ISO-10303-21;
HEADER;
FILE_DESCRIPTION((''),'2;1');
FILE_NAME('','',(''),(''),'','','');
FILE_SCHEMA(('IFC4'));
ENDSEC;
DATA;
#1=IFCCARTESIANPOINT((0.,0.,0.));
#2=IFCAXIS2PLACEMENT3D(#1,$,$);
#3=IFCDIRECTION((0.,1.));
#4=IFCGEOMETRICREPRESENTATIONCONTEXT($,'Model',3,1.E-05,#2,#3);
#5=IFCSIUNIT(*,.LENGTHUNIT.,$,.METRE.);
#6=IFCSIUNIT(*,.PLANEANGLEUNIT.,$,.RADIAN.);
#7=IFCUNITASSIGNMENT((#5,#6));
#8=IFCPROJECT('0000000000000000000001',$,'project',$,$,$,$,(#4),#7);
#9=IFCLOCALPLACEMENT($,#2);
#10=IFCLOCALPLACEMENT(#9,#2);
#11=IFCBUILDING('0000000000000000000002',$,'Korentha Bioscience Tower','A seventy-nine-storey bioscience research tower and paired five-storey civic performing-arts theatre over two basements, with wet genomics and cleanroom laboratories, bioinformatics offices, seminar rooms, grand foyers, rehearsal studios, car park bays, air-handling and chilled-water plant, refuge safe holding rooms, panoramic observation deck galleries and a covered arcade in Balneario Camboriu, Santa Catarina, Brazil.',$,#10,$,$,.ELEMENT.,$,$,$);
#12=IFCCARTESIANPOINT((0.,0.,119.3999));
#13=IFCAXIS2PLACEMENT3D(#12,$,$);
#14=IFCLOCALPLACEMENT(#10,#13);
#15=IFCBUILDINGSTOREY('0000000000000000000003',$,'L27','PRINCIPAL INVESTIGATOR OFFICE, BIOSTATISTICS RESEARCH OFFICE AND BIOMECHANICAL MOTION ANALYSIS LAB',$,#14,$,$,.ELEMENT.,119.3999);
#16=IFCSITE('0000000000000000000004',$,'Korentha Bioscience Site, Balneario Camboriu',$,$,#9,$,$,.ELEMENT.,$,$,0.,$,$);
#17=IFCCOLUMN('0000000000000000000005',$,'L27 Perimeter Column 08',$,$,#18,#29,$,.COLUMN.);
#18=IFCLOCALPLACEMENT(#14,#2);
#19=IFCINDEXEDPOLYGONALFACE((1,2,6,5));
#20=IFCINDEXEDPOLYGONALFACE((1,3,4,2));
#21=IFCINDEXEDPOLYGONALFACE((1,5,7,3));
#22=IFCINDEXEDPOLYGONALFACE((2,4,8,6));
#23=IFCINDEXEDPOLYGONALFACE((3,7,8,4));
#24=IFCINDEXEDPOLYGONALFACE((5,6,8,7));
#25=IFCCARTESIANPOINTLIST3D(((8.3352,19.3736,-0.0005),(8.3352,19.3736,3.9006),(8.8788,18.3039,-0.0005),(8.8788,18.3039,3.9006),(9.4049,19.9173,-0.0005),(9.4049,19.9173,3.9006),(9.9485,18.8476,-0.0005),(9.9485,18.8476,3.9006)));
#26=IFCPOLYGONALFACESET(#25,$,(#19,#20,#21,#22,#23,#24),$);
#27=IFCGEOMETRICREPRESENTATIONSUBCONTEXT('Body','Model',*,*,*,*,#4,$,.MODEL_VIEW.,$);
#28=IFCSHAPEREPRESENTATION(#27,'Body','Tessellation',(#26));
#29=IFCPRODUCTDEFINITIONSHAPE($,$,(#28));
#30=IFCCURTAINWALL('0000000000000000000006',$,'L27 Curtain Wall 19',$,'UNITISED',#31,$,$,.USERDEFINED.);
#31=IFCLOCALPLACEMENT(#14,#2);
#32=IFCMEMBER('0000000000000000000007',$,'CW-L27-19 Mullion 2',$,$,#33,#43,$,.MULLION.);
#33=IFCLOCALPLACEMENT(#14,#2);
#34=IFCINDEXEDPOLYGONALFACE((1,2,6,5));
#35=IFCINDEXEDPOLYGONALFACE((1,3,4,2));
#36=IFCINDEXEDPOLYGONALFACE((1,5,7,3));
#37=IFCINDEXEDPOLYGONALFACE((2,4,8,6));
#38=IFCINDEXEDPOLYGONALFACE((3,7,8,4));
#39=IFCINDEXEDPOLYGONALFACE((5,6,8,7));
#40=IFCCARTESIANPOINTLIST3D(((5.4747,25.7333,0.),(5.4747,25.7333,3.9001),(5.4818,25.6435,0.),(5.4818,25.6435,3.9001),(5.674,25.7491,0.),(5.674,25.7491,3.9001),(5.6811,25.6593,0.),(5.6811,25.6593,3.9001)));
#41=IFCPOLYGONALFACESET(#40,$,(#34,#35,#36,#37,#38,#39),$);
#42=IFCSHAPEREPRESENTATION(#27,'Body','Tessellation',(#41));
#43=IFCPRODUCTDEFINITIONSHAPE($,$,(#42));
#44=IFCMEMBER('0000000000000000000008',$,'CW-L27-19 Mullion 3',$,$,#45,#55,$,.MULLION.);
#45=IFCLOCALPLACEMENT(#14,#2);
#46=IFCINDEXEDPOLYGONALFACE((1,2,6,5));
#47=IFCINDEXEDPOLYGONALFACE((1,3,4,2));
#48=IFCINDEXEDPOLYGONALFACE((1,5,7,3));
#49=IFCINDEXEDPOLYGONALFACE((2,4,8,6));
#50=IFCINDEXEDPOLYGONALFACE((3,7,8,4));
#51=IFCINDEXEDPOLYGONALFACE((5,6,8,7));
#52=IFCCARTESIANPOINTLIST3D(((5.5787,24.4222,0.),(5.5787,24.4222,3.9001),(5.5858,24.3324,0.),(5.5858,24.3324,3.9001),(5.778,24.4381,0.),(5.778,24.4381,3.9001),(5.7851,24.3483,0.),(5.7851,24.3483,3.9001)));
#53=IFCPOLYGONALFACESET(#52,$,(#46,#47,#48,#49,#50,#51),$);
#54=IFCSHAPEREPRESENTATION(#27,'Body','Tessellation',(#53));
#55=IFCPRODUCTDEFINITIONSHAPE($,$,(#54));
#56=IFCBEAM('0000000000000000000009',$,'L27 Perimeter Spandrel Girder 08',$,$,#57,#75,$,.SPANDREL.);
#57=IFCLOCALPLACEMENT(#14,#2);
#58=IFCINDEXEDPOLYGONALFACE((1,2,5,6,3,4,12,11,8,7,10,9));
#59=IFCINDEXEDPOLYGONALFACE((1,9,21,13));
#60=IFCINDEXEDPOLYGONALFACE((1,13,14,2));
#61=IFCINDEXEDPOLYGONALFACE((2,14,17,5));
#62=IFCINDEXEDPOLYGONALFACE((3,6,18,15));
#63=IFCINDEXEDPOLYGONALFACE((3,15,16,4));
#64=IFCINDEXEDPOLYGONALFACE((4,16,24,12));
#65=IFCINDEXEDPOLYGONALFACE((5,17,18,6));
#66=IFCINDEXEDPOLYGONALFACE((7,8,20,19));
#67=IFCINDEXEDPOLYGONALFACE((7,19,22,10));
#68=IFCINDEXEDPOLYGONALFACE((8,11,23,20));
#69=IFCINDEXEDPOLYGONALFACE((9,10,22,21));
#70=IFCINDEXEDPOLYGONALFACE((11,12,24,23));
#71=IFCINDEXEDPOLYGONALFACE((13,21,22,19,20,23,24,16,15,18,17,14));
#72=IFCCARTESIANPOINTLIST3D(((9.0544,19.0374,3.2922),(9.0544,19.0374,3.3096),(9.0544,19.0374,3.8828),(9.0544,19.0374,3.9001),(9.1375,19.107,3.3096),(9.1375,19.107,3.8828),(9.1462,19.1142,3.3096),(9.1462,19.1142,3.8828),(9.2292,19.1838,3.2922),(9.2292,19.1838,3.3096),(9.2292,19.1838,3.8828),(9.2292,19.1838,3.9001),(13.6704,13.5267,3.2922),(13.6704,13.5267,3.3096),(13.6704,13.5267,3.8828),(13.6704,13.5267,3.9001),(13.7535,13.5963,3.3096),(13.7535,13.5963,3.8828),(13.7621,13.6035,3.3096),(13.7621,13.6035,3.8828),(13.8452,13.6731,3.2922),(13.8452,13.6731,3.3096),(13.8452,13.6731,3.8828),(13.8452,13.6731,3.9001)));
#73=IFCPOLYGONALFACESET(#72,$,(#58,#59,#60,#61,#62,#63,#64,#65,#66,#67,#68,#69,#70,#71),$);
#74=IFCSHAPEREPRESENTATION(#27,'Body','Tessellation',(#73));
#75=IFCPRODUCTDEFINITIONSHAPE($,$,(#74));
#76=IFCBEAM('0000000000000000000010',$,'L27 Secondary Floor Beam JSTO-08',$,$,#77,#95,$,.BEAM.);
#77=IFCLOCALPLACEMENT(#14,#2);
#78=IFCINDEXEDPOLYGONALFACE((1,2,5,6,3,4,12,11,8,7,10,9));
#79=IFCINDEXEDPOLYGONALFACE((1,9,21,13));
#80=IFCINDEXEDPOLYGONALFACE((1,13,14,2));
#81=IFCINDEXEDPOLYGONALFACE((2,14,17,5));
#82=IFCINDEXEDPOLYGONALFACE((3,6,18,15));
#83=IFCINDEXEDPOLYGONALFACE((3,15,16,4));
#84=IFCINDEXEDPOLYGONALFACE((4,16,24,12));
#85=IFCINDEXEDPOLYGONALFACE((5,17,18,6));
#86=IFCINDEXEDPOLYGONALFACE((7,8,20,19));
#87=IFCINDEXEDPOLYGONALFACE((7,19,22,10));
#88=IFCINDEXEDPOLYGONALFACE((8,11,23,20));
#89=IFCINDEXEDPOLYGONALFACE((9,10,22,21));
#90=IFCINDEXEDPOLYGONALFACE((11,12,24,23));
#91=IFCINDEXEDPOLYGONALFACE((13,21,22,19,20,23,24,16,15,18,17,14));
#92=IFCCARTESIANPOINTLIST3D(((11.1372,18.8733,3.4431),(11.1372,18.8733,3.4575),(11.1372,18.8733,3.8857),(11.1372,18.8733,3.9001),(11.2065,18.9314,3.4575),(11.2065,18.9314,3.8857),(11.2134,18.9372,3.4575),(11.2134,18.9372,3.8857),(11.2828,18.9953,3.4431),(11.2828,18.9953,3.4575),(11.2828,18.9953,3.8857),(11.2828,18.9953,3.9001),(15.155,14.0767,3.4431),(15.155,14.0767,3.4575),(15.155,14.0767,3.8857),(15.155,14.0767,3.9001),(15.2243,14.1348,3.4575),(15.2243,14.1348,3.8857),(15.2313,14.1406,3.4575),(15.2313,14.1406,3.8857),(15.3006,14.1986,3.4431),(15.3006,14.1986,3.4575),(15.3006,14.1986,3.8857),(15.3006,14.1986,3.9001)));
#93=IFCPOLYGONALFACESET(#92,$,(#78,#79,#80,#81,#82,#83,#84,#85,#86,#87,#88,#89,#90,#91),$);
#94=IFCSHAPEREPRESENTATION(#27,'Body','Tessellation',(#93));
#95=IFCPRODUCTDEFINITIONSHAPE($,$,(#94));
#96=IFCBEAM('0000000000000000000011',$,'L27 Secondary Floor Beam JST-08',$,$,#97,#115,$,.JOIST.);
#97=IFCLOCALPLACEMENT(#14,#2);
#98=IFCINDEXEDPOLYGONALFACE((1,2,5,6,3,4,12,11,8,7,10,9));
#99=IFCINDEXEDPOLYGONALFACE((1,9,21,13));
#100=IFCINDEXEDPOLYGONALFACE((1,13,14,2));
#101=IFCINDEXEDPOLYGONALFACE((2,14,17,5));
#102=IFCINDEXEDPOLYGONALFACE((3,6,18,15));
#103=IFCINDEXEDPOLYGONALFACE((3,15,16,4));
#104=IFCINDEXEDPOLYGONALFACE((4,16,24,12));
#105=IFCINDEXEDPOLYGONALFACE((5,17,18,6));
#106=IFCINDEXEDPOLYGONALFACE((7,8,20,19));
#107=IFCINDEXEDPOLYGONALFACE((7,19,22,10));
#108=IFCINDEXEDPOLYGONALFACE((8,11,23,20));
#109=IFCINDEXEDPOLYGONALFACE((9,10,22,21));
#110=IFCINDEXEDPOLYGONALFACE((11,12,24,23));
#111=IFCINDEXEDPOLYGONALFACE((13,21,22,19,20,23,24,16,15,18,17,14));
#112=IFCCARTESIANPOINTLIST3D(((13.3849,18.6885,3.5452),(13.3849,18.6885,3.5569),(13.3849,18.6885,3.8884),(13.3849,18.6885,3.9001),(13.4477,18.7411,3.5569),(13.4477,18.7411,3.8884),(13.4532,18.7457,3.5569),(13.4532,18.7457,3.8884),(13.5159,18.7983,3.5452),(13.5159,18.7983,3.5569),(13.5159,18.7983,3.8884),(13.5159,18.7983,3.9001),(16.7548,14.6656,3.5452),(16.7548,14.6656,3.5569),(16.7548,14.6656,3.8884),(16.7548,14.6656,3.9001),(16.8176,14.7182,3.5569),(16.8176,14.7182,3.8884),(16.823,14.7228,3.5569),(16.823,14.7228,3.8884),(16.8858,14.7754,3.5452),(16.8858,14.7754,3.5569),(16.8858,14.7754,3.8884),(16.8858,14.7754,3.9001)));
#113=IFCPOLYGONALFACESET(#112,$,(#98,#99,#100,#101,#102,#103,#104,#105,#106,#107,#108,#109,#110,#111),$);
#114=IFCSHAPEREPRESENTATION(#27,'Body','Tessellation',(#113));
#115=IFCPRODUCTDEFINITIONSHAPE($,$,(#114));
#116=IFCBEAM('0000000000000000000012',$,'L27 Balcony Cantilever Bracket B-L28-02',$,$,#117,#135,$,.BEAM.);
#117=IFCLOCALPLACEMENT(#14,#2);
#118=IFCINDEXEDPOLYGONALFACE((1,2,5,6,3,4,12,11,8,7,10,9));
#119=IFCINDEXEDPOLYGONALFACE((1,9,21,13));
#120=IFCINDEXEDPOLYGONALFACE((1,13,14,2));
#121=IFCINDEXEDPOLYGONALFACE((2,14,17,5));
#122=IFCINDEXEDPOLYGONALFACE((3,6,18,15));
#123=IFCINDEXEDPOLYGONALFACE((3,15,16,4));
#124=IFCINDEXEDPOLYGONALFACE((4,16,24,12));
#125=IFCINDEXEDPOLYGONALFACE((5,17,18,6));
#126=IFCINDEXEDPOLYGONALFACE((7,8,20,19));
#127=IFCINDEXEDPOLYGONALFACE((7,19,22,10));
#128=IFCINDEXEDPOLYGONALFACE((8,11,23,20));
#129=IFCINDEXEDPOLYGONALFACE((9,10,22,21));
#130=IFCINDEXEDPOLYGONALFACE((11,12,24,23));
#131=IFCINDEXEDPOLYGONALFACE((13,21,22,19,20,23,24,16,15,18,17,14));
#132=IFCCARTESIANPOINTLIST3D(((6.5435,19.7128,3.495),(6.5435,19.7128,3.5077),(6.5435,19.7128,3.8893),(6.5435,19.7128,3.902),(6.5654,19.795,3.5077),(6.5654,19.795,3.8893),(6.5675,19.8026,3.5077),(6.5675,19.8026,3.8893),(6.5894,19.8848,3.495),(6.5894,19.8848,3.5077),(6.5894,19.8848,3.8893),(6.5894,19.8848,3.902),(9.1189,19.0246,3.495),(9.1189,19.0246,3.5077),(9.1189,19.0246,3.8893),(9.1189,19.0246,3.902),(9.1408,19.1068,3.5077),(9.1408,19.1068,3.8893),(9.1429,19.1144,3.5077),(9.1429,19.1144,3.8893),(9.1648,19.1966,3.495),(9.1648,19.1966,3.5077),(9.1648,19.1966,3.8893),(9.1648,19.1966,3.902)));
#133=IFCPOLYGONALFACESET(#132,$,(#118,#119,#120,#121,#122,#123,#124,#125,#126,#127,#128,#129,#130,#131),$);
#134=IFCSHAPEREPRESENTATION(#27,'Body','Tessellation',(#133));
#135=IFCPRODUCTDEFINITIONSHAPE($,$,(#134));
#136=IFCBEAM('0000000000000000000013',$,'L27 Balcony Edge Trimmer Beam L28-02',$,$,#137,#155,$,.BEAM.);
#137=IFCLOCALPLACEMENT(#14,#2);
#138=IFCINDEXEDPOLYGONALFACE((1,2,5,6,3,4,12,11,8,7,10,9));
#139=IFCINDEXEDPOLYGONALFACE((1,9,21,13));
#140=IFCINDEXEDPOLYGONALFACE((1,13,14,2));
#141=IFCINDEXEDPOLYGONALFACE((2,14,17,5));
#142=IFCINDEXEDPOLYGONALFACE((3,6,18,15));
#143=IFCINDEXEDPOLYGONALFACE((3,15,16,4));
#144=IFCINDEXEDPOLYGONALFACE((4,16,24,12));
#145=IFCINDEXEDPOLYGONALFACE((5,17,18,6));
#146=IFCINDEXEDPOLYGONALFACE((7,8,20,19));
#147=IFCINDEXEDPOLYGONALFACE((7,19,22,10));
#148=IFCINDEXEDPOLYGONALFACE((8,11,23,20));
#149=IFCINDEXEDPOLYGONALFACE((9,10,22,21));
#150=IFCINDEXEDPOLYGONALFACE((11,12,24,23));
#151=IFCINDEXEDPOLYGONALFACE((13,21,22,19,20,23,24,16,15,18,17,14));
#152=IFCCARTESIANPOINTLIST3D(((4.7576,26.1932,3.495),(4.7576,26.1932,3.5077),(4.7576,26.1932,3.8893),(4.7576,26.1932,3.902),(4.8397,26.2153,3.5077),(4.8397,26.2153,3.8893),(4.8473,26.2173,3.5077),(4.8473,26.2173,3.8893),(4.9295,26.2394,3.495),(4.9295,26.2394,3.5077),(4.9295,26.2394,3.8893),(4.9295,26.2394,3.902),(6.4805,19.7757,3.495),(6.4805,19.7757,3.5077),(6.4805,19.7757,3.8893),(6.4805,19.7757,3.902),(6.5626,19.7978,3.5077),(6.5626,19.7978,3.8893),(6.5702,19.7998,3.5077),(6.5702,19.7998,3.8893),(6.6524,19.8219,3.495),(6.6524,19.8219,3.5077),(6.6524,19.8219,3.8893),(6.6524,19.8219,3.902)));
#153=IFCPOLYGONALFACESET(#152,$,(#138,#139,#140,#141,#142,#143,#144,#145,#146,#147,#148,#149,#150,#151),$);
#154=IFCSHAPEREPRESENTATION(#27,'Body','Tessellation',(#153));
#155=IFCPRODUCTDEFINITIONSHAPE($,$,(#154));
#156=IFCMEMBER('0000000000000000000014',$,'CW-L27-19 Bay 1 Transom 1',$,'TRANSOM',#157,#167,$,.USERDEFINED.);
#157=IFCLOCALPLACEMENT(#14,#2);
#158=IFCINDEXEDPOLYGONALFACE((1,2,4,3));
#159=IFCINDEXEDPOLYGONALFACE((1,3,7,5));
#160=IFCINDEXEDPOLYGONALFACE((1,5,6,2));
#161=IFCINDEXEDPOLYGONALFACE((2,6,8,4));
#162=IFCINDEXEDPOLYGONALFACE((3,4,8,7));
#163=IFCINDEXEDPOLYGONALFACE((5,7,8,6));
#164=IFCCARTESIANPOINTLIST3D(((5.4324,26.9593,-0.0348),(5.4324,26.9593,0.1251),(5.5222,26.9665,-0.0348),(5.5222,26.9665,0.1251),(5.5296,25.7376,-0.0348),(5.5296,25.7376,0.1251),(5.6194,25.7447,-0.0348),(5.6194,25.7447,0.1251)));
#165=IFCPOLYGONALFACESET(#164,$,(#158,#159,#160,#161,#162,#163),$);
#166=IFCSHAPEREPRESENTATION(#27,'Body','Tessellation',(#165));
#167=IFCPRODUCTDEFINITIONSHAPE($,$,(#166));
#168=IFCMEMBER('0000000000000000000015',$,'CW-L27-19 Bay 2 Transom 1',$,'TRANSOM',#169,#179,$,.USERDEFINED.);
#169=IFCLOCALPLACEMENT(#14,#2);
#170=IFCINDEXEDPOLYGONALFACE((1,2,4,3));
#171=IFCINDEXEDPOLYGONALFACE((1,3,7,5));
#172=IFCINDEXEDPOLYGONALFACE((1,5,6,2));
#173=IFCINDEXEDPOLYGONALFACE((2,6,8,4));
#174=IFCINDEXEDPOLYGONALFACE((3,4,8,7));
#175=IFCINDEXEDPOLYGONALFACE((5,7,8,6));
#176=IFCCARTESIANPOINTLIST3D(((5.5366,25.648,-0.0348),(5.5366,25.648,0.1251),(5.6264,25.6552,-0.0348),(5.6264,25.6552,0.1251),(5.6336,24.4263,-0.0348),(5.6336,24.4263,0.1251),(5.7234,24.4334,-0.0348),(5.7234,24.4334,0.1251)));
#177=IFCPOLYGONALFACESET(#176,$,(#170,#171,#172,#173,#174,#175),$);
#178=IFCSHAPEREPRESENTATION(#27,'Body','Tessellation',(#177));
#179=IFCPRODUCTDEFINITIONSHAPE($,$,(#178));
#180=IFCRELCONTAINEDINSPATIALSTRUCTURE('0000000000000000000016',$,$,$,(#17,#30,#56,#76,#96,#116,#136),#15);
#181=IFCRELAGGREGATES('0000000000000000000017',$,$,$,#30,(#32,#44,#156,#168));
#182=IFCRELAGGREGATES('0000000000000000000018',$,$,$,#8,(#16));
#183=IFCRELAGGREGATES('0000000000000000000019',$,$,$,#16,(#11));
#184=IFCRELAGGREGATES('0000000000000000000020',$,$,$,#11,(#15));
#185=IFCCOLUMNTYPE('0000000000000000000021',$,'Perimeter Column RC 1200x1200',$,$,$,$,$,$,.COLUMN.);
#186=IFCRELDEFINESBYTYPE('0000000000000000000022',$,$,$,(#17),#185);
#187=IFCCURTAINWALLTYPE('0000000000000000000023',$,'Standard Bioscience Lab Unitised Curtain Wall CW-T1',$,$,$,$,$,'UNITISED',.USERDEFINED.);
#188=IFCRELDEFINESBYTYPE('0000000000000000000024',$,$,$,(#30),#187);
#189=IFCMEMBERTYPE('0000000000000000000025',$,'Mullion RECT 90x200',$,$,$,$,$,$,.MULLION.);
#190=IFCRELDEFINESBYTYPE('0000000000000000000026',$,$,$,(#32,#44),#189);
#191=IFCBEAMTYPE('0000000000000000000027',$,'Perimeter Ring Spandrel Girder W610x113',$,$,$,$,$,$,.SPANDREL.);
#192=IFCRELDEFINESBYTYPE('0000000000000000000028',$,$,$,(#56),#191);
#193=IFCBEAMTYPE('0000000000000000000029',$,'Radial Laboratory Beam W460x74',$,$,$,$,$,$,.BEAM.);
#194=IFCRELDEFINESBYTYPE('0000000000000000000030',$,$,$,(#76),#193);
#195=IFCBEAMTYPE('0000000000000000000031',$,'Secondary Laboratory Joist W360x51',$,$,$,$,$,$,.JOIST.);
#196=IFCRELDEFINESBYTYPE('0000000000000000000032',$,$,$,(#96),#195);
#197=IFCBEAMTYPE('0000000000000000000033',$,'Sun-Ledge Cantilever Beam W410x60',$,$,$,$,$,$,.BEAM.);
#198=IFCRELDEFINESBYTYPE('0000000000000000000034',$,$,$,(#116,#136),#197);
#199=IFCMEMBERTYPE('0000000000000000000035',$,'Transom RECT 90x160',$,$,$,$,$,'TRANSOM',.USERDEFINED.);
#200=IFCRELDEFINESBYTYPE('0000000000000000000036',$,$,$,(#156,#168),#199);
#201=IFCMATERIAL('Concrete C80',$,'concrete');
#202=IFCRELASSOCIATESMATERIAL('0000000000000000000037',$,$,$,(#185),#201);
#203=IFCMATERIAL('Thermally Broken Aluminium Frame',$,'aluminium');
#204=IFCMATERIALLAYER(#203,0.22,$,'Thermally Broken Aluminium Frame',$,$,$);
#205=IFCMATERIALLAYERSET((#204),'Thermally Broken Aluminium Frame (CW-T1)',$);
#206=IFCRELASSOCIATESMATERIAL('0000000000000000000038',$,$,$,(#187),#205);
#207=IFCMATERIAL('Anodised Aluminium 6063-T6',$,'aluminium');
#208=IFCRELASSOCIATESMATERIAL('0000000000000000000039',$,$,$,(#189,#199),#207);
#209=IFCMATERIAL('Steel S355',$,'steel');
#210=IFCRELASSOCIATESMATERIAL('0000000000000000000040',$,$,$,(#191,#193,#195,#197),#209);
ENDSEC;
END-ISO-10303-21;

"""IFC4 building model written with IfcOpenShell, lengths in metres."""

from ifc_helpers import new_model, si_unit, direction, frame, origin, origin_2d, place, context, subcontext, project, spatial, rectangle, i_section, extrude, material, layer, layer_set, material_profile, profile_set, type_object, element, aggregate, save


model = new_model("IFC4")

# Units and contexts
model_context = context("Model", 3, precision=1e-05, world=origin(), true_north=direction((0.0, 1.0)))
body_context = subcontext(model_context, "Body", "Model", "MODEL_VIEW")
ifc_project = project(units=[si_unit("LENGTHUNIT", "METRE"), si_unit("PLANEANGLEUNIT", "RADIAN")], contexts=[model_context])

# Site, building, storey
site_placement = place(None, origin())
site = spatial("IfcSite", under=ifc_project, at=site_placement, Name="Korentha Bioscience Site, Balneario Camboriu", CompositionType="ELEMENT", RefElevation=0.0)
building_placement = place(site_placement, origin())
building = spatial("IfcBuilding", under=site, at=building_placement, Name="Korentha Bioscience Tower", Description="A seventy-nine-storey bioscience research tower and paired five-storey civic performing-arts theatre over two basements, with wet genomics and cleanroom laboratories, bioinformatics offices, seminar rooms, grand foyers, rehearsal studios, car park bays, air-handling and chilled-water plant, refuge safe holding rooms, panoramic observation deck galleries and a covered arcade in Balneario Camboriu, Santa Catarina, Brazil.", CompositionType="ELEMENT")
storey_placement = place(building_placement, frame((0.0, 0.0, 119.3999)))
storey = spatial("IfcBuildingStorey", under=building, at=storey_placement, Name="L27", Description="PRINCIPAL INVESTIGATOR OFFICE, BIOSTATISTICS RESEARCH OFFICE AND BIOMECHANICAL MOTION ANALYSIS LAB", CompositionType="ELEMENT", Elevation=119.3999)

# Column
ifc_material_1 = material(Name="Concrete C80", Category="concrete")
ifc_material_profile_1 = material_profile(ifc_material_1, rectangle(XDim=1.2, YDim=1.2, at=origin_2d()), Name="Concrete C80")
ifc_profile_set_1 = profile_set([ifc_material_profile_1], Name="Concrete C80 (COL-P12)")
column_type = type_object("IfcColumnType", Name="Perimeter Column RC 1200x1200", PredefinedType="COLUMN", material=ifc_profile_set_1)
column_placement = place(storey_placement, frame((9.1418, 19.1106, -0.0005), z_axis=(0.0, 0.0, 1.0), x_axis=(-0.453057, 0.891481, 0.0)))
element("IfcColumn", 1, at=column_placement, inside=storey, type_object=column_type, Name="L27 Perimeter Column 08", PredefinedType="COLUMN", context=body_context, shape_type="SweptSolid", body=[
    extrude(rectangle(XDim=1.2, YDim=1.2, at=origin_2d()), origin(), (0.0, 0.0, 1.0), 3.9011),
])

# Curtain wall, members
ifc_material_2 = material(Name="Thermally Broken Aluminium Frame", Category="aluminium")
ifc_layer_1 = layer(ifc_material_2, 0.22, Name="Thermally Broken Aluminium Frame")
ifc_layer_set_1 = layer_set([ifc_layer_1], Name="Thermally Broken Aluminium Frame (CW-T1)")
curtain_wall_type = type_object("IfcCurtainWallType", Name="Standard Bioscience Lab Unitised Curtain Wall CW-T1", ElementType="UNITISED", PredefinedType="USERDEFINED", material=ifc_layer_set_1)
curtain_wall_placement = place(storey_placement, origin())
curtain_wall = element("IfcCurtainWall", 2, at=curtain_wall_placement, inside=storey, type_object=curtain_wall_type, Name="L27 Curtain Wall 19", ObjectType="UNITISED", PredefinedType="USERDEFINED")
ifc_material_3 = material(Name="Anodised Aluminium 6063-T6", Category="aluminium")
ifc_material_profile_2 = material_profile(ifc_material_3, rectangle(XDim=0.0901, YDim=0.2, at=origin_2d()), Name="Anodised Aluminium 6063-T6")
ifc_profile_set_2 = profile_set([ifc_material_profile_2], Name="Anodised Aluminium 6063-T6 (CW-MUL)")
member_type_1 = type_object("IfcMemberType", Name="Mullion RECT 90x200", PredefinedType="MULLION", material=ifc_profile_set_2)
member_1_placement = place(storey_placement, frame((5.5779, 25.6963, 0.0), z_axis=(0.0, 0.0, 1.0), x_axis=(0.07913, -0.996864, 0.0)))
member_1 = element("IfcMember", 3, at=member_1_placement, type_object=member_type_1, Name="CW-L27-19 Mullion 2", PredefinedType="MULLION", context=body_context, shape_type="SweptSolid", body=[
    extrude(rectangle(XDim=0.0901, YDim=0.2, at=origin_2d()), origin(), (0.0, 0.0, 1.0), 3.9001),
])
member_2_placement = place(storey_placement, frame((5.6819, 24.3853, 0.0), z_axis=(0.0, 0.0, 1.0), x_axis=(0.07913, -0.996864, 0.0)))
member_2 = element("IfcMember", 4, at=member_2_placement, type_object=member_type_1, Name="CW-L27-19 Mullion 3", PredefinedType="MULLION", context=body_context, shape_type="SweptSolid", body=[
    extrude(rectangle(XDim=0.0901, YDim=0.2, at=origin_2d()), origin(), (0.0, 0.0, 1.0), 3.9001),
])

# Beams
ifc_material_4 = material(Name="Steel S355", Category="steel")
ifc_material_profile_3 = material_profile(ifc_material_4, i_section(OverallWidth=0.228, OverallDepth=0.6079, WebThickness=0.0112, FlangeThickness=0.0173, at=origin_2d()), Name="Steel S355")
ifc_profile_set_3 = profile_set([ifc_material_profile_3], Name="Steel S355 (SB-610)")
beam_type_1 = type_object("IfcBeamType", Name="Perimeter Ring Spandrel Girder W610x113", PredefinedType="SPANDREL", material=ifc_profile_set_3)
beam_1_placement = place(storey_placement, frame((9.1418, 19.1106, 3.5962), z_axis=(0.642127, -0.766599, 0.0), x_axis=(0.766599, 0.642127, 0.0)))
element("IfcBeam", 5, at=beam_1_placement, inside=storey, type_object=beam_type_1, Name="L27 Perimeter Spandrel Girder 08", PredefinedType="SPANDREL", context=body_context, shape_type="SweptSolid", body=[
    extrude(i_section(OverallWidth=0.228, OverallDepth=0.6079, WebThickness=0.0112, FlangeThickness=0.0173, at=origin_2d()), origin(), (0.0, 0.0, 1.0), 7.1885),
])
ifc_material_profile_4 = material_profile(ifc_material_4, i_section(OverallWidth=0.1899, OverallDepth=0.457, WebThickness=0.009, FlangeThickness=0.0144, at=origin_2d()), Name="Steel S355")
ifc_profile_set_4 = profile_set([ifc_material_profile_4], Name="Steel S355 (RB-460)")
beam_type_2 = type_object("IfcBeamType", Name="Radial Laboratory Beam W460x74", PredefinedType="BEAM", material=ifc_profile_set_4)
beam_2_placement = place(storey_placement, frame((11.21, 18.9343, 3.6716), z_axis=(0.642128, -0.766597, 0.0), x_axis=(0.766597, 0.642128, 0.0)))
element("IfcBeam", 6, at=beam_2_placement, inside=storey, type_object=beam_type_2, Name="L27 Secondary Floor Beam JSTO-08", PredefinedType="BEAM", context=body_context, shape_type="SweptSolid", body=[
    extrude(i_section(OverallWidth=0.1899, OverallDepth=0.457, WebThickness=0.009, FlangeThickness=0.0144, at=origin_2d()), origin(), (0.0, 0.0, 1.0), 6.2571),
])
ifc_material_profile_5 = material_profile(ifc_material_4, i_section(OverallWidth=0.1709, OverallDepth=0.355, WebThickness=0.0071, FlangeThickness=0.0117, at=origin_2d()), Name="Steel S355")
ifc_profile_set_5 = profile_set([ifc_material_profile_5], Name="Steel S355 (JB-360)")
beam_type_3 = type_object("IfcBeamType", Name="Secondary Laboratory Joist W360x51", PredefinedType="JOIST", material=ifc_profile_set_5)
beam_3_placement = place(storey_placement, frame((13.4504, 18.7434, 3.7227), z_axis=(0.642141, -0.766587, 0.0), x_axis=(0.766587, 0.642141, 0.0)))
element("IfcBeam", 7, at=beam_3_placement, inside=storey, type_object=beam_type_3, Name="L27 Secondary Floor Beam JST-08", PredefinedType="JOIST", context=body_context, shape_type="SweptSolid", body=[
    extrude(i_section(OverallWidth=0.1709, OverallDepth=0.355, WebThickness=0.0071, FlangeThickness=0.0117, at=origin_2d()), origin(), (0.0, 0.0, 1.0), 5.2478),
])
ifc_material_profile_6 = material_profile(ifc_material_4, i_section(OverallWidth=0.178, OverallDepth=0.407, WebThickness=0.0078, FlangeThickness=0.0127, at=origin_2d()), Name="Steel S355")
ifc_profile_set_6 = profile_set([ifc_material_profile_6], Name="Steel S355 (CB-410)")
beam_type_4 = type_object("IfcBeamType", Name="Sun-Ledge Cantilever Beam W410x60", PredefinedType="BEAM", material=ifc_profile_set_6)
beam_4_placement = place(storey_placement, frame((9.1418, 19.1106, 3.6985), z_axis=(-0.9661, 0.25817, 0.0), x_axis=(-0.25817, -0.9661, 0.0)))
element("IfcBeam", 8, at=beam_4_placement, inside=storey, type_object=beam_type_4, Name="L27 Balcony Cantilever Bracket B-L28-02", PredefinedType="BEAM", context=body_context, shape_type="SweptSolid", body=[
    extrude(i_section(OverallWidth=0.178, OverallDepth=0.407, WebThickness=0.0078, FlangeThickness=0.0127, at=origin_2d()), origin(), (0.0, 0.0, 1.0), 2.6658),
])
beam_5_placement = place(storey_placement, frame((4.8435, 26.2163, 3.6985), z_axis=(0.259288, -0.9658, 0.0), x_axis=(0.9658, 0.259288, 0.0)))
element("IfcBeam", 9, at=beam_5_placement, inside=storey, type_object=beam_type_4, Name="L27 Balcony Edge Trimmer Beam L28-02", PredefinedType="BEAM", context=body_context, shape_type="SweptSolid", body=[
    extrude(i_section(OverallWidth=0.178, OverallDepth=0.407, WebThickness=0.0078, FlangeThickness=0.0127, at=origin_2d()), origin(), (0.0, 0.0, 1.0), 6.6448),
])

# Members
ifc_material_profile_7 = material_profile(ifc_material_3, rectangle(XDim=0.0901, YDim=0.1599, at=origin_2d()), Name="Anodised Aluminium 6063-T6")
ifc_profile_set_7 = profile_set([ifc_material_profile_7], Name="Anodised Aluminium 6063-T6 (CW-TRN)")
member_type_2 = type_object("IfcMemberType", Name="Transom RECT 90x160", ElementType="TRANSOM", PredefinedType="USERDEFINED", material=ifc_profile_set_7)
member_3_placement = place(storey_placement, frame((5.4773, 26.9629, 0.0452), z_axis=(0.079286, -0.996852, 0.0), x_axis=(0.996852, 0.079286, 0.0)))
member_3 = element("IfcMember", 10, at=member_3_placement, type_object=member_type_2, Name="CW-L27-19 Bay 1 Transom 1", ObjectType="TRANSOM", PredefinedType="USERDEFINED", context=body_context, shape_type="SweptSolid", body=[
    extrude(rectangle(XDim=0.0901, YDim=0.1599, at=origin_2d()), origin(), (0.0, 0.0, 1.0), 1.2256),
])
member_4_placement = place(storey_placement, frame((5.5815, 25.6516, 0.0452), z_axis=(0.079088, -0.996868, 0.0), x_axis=(0.996868, 0.079088, 0.0)))
member_4 = element("IfcMember", 11, at=member_4_placement, type_object=member_type_2, Name="CW-L27-19 Bay 2 Transom 1", ObjectType="TRANSOM", PredefinedType="USERDEFINED", context=body_context, shape_type="SweptSolid", body=[
    extrude(rectangle(XDim=0.0901, YDim=0.1599, at=origin_2d()), origin(), (0.0, 0.0, 1.0), 1.2256),
])

aggregate(curtain_wall, [member_1, member_2, member_3, member_4])

save(model, "model.ifc")
